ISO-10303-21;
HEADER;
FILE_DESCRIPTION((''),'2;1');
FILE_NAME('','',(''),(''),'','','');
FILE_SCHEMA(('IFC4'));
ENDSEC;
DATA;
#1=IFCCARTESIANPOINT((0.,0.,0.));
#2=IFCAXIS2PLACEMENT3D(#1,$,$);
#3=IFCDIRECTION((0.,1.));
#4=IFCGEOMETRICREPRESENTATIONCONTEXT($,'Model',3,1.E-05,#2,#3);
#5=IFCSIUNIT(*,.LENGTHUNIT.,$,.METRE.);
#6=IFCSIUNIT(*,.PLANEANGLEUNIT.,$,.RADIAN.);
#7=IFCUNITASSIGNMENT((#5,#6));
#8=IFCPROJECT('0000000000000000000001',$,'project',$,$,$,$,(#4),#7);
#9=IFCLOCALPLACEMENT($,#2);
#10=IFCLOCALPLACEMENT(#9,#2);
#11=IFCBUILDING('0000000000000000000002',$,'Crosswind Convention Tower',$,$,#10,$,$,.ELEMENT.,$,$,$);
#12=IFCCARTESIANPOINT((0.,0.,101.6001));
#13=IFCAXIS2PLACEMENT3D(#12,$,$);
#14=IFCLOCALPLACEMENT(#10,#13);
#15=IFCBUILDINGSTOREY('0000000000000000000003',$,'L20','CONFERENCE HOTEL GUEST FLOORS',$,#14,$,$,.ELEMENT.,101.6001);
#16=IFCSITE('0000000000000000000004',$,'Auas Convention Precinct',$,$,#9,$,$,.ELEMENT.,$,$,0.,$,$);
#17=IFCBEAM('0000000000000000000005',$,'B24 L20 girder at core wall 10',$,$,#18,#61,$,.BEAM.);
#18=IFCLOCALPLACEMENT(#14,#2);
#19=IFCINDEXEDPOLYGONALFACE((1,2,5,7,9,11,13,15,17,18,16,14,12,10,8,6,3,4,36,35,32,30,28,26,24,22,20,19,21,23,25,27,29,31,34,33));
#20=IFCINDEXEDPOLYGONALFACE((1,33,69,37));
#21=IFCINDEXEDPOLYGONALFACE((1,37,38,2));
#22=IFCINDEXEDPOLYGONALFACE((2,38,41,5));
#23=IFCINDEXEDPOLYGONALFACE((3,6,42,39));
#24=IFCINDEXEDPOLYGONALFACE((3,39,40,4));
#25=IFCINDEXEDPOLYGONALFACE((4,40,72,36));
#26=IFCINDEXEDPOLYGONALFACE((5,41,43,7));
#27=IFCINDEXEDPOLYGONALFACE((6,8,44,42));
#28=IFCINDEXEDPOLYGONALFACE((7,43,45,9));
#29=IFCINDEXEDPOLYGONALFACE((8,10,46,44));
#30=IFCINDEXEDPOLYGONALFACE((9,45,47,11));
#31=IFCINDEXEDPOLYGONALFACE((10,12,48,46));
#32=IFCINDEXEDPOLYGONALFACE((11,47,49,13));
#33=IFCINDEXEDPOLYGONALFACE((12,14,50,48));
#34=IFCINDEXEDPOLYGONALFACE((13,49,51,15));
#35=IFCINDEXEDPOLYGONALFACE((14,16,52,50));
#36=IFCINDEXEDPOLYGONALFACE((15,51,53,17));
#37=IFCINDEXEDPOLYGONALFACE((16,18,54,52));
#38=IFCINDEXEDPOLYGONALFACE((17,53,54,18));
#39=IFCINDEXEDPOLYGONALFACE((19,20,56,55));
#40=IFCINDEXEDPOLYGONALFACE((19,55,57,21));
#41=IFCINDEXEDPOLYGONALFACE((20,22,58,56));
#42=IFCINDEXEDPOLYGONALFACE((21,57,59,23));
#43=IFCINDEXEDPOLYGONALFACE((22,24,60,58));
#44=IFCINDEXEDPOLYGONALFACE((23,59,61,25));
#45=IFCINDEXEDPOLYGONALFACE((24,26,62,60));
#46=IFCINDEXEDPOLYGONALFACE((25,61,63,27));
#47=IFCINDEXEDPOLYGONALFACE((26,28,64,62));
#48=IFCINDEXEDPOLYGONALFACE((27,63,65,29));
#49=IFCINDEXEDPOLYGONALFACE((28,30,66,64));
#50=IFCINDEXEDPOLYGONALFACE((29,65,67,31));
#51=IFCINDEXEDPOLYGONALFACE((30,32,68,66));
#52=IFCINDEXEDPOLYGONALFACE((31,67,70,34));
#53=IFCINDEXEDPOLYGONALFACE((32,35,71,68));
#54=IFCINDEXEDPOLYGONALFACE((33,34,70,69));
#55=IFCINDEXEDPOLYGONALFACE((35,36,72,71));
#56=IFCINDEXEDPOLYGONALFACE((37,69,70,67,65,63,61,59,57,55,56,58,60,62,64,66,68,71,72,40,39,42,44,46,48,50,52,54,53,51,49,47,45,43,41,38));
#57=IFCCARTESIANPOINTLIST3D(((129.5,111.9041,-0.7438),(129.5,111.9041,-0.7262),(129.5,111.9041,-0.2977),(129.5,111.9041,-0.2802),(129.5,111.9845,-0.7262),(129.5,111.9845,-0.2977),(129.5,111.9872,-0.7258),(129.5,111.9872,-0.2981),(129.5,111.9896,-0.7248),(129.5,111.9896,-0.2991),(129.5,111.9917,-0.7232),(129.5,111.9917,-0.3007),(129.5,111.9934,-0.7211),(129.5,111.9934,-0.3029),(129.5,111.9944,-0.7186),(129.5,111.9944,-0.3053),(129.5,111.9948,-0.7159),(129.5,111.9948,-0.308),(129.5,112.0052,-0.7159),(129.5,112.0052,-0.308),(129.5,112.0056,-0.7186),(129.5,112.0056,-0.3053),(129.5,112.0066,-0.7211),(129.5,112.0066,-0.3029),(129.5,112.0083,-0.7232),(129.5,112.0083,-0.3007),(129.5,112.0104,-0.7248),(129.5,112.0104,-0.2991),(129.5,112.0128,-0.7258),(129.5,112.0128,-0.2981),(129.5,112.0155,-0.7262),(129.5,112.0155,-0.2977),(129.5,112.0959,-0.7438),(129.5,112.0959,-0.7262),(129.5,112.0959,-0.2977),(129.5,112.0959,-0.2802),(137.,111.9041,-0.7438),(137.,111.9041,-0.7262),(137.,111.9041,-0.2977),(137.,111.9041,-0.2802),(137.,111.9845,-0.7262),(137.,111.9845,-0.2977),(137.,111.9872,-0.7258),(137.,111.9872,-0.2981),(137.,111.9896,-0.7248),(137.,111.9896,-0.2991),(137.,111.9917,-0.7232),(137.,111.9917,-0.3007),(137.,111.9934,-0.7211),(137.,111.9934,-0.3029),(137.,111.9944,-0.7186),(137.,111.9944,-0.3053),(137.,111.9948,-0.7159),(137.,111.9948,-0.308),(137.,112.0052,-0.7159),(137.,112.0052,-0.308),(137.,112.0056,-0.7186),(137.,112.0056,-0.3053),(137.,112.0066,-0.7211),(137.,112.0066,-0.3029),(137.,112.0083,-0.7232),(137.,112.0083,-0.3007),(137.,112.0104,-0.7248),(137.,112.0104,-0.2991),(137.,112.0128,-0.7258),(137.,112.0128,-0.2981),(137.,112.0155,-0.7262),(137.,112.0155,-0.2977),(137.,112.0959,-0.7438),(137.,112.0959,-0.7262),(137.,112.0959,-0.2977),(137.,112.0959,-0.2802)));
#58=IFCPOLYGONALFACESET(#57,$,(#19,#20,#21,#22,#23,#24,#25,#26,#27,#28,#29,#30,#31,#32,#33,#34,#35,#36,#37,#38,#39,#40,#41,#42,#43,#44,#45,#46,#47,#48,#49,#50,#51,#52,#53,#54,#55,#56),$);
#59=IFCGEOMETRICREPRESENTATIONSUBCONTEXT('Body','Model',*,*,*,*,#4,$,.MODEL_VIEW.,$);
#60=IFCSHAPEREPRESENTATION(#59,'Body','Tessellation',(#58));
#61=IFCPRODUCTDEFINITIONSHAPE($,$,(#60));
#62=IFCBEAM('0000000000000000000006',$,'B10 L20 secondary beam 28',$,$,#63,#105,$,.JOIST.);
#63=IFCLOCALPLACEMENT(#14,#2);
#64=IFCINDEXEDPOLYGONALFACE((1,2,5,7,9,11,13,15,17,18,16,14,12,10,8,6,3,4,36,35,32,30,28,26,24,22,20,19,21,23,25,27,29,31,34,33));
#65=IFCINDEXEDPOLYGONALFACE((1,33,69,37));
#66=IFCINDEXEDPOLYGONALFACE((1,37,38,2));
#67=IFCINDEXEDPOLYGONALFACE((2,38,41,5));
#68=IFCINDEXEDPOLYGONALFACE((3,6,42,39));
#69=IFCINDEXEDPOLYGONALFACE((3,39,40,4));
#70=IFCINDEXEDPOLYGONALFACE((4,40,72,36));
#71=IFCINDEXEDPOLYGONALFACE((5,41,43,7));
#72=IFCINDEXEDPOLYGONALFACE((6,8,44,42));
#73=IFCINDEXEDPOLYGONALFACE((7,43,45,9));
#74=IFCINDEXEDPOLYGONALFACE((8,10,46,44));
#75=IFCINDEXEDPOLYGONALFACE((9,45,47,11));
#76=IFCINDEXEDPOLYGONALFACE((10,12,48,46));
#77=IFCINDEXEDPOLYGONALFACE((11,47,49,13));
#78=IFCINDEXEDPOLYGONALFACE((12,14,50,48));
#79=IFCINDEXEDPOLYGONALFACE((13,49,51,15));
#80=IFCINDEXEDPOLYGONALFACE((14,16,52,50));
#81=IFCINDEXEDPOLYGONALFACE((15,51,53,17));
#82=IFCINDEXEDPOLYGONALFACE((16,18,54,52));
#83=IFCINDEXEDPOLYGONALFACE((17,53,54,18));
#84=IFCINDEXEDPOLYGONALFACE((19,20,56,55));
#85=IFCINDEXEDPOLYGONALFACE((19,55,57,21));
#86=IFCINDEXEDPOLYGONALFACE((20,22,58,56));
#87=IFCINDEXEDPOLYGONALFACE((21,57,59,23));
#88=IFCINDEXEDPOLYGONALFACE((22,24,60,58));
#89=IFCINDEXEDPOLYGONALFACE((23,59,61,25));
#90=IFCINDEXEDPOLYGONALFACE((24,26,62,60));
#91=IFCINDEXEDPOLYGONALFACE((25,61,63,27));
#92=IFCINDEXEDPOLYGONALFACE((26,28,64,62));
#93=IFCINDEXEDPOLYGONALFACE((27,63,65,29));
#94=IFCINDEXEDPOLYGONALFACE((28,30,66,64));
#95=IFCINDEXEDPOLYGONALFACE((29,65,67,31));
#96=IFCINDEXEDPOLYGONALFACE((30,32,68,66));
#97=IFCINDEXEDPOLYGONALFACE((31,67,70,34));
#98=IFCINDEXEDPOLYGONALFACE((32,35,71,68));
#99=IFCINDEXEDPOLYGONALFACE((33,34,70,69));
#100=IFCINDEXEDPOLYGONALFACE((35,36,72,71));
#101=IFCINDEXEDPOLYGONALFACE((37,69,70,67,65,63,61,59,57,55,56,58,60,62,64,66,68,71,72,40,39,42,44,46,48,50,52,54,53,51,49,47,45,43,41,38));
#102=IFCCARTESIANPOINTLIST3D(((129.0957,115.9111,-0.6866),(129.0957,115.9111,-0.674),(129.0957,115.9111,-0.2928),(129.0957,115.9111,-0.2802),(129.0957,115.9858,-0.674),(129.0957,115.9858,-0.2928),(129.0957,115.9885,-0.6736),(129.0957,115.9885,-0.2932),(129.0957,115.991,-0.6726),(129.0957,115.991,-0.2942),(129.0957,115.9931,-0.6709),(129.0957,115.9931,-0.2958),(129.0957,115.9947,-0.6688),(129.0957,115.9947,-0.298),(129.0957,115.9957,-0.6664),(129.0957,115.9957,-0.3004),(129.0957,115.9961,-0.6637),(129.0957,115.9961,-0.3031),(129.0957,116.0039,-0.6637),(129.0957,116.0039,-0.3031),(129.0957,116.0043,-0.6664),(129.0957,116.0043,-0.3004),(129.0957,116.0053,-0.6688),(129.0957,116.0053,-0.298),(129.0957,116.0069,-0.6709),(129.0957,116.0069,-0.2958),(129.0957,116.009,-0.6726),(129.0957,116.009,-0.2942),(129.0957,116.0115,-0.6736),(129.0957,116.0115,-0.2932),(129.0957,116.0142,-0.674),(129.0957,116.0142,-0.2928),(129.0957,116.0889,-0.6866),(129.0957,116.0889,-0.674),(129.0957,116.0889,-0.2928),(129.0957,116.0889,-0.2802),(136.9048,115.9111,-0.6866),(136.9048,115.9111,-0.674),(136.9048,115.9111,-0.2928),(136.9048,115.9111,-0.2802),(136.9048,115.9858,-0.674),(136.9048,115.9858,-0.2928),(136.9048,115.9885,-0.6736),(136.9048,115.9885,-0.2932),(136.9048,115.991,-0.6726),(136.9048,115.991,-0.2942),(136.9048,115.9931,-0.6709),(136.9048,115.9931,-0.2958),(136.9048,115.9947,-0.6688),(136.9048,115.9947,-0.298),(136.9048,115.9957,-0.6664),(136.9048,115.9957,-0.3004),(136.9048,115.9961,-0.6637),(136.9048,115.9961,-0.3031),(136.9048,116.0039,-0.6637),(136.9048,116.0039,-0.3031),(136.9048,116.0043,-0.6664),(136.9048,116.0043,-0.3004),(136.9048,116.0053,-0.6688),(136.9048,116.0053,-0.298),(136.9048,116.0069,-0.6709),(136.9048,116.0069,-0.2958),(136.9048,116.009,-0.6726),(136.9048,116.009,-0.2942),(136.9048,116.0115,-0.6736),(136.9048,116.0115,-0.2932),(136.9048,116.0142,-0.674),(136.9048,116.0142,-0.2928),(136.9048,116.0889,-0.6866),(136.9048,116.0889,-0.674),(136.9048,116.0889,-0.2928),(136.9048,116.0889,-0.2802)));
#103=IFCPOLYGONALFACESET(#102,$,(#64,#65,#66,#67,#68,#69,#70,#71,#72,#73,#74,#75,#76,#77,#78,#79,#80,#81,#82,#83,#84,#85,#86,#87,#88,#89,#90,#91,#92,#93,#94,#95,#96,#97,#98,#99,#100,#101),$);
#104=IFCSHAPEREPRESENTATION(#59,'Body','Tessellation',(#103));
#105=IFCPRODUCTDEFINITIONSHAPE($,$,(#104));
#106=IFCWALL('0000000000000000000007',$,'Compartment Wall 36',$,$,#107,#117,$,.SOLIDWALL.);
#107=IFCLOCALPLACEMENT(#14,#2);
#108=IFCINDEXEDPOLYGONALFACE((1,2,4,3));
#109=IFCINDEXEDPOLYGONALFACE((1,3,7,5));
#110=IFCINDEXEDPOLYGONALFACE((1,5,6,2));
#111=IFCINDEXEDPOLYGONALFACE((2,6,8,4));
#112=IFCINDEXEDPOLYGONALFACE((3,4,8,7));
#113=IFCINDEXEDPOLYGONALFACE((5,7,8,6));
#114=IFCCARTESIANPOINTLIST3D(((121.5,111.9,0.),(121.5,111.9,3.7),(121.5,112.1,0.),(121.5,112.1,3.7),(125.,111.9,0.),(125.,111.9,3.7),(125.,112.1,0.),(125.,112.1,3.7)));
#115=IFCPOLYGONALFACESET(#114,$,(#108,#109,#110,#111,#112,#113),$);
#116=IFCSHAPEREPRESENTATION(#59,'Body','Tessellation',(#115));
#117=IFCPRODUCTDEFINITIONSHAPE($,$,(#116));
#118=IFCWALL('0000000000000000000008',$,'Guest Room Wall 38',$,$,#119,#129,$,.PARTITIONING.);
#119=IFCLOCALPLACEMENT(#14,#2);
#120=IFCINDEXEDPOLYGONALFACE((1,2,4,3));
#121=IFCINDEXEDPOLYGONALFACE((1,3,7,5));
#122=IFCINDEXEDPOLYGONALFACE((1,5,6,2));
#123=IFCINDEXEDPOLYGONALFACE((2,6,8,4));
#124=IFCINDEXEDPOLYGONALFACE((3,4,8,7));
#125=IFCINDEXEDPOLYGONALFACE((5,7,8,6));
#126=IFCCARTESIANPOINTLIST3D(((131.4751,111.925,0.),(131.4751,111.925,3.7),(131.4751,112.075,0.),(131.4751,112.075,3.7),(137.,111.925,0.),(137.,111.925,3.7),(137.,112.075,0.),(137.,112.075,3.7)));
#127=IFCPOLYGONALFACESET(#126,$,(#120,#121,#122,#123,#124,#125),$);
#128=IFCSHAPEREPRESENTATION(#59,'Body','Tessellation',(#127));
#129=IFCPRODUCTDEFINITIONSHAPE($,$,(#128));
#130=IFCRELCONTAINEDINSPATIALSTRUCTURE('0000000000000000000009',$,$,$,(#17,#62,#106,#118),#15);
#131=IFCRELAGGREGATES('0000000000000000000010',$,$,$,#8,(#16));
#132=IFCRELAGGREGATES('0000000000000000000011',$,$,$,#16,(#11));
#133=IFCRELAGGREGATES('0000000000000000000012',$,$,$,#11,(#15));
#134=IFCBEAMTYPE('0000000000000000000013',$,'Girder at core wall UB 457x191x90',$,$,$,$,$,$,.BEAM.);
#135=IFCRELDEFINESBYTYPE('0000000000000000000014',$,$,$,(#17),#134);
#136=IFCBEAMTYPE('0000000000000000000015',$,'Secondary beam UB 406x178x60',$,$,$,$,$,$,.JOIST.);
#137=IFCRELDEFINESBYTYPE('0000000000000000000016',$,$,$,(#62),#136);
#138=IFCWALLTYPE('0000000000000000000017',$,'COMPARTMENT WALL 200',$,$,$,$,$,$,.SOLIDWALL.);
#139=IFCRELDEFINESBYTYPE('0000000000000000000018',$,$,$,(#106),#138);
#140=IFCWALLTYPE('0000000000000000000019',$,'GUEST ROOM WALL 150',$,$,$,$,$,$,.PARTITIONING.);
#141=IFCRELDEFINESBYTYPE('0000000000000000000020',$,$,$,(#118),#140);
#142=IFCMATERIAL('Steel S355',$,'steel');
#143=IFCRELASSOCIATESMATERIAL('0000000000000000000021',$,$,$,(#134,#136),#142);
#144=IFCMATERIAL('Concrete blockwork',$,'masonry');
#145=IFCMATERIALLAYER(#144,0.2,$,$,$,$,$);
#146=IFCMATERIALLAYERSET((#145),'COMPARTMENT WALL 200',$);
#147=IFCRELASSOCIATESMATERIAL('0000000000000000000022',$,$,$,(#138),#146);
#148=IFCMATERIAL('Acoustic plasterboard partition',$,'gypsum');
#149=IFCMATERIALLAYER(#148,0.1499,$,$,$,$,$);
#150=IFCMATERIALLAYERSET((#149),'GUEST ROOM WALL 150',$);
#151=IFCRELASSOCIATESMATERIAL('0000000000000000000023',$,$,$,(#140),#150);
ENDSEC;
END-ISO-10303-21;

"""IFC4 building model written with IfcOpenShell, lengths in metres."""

from ifc_helpers import new_model, si_unit, direction, frame, frame_2d, origin, origin_2d, place, context, subcontext, project, spatial, rectangle, i_section, extrude, material, layer, layer_set, material_profile, profile_set, type_object, element, save


model = new_model("IFC4")

# Units and contexts
model_context = context("Model", 3, precision=1e-05, world=origin(), true_north=direction((0.0, 1.0)))
body_context = subcontext(model_context, "Body", "Model", "MODEL_VIEW")
ifc_project = project(units=[si_unit("LENGTHUNIT", "METRE"), si_unit("PLANEANGLEUNIT", "RADIAN")], contexts=[model_context])

# Site, building, storey
site_placement = place(None, origin())
site = spatial("IfcSite", under=ifc_project, at=site_placement, Name="Auas Convention Precinct", CompositionType="ELEMENT", RefElevation=0.0)
building_placement = place(site_placement, origin())
building = spatial("IfcBuilding", under=site, at=building_placement, Name="Crosswind Convention Tower", CompositionType="ELEMENT")
storey_placement = place(building_placement, frame((0.0, 0.0, 101.6001)))
storey = spatial("IfcBuildingStorey", under=building, at=storey_placement, Name="L20", Description="CONFERENCE HOTEL GUEST FLOORS", CompositionType="ELEMENT", Elevation=101.6001)

# Beams
ifc_material_1 = material(Name="Steel S355", Category="steel")
ifc_material_profile_1 = material_profile(ifc_material_1, i_section(OverallWidth=0.1919, OverallDepth=0.4636, WebThickness=0.0105, FlangeThickness=0.0176, FilletRadius=0.0103, at=origin_2d()), Name="UB 457x191x90")
ifc_profile_set_1 = profile_set([ifc_material_profile_1], Name="Steel S355")
beam_type_1 = type_object("IfcBeamType", Name="Girder at core wall UB 457x191x90", PredefinedType="BEAM", material=ifc_profile_set_1)
beam_1_placement = place(storey_placement, frame((129.5, 112.0, -0.512), z_axis=(1.0, 0.0, 0.0), x_axis=(0.0, 1.0, 0.0)))
element("IfcBeam", 1, at=beam_1_placement, inside=storey, type_object=beam_type_1, Name="B24 L20 girder at core wall 10", PredefinedType="BEAM", context=body_context, shape_type="SweptSolid", body=[
    extrude(i_section(OverallWidth=0.1919, OverallDepth=0.4636, WebThickness=0.0105, FlangeThickness=0.0176, FilletRadius=0.0103, at=origin_2d()), origin(), (0.0, 0.0, 1.0), 7.5),
])
ifc_material_profile_2 = material_profile(ifc_material_1, i_section(OverallWidth=0.1777, OverallDepth=0.4065, WebThickness=0.0078, FlangeThickness=0.0127, FilletRadius=0.0103, at=origin_2d()), Name="UB 406x178x60")
ifc_profile_set_2 = profile_set([ifc_material_profile_2], Name="Steel S355")
beam_type_2 = type_object("IfcBeamType", Name="Secondary beam UB 406x178x60", PredefinedType="JOIST", material=ifc_profile_set_2)
beam_2_placement = place(storey_placement, frame((129.0957, 116.0, -0.4834), z_axis=(1.0, 0.0, 0.0), x_axis=(0.0, 1.0, 0.0)))
element("IfcBeam", 2, at=beam_2_placement, inside=storey, type_object=beam_type_2, Name="B10 L20 secondary beam 28", PredefinedType="JOIST", context=body_context, shape_type="SweptSolid", body=[
    extrude(i_section(OverallWidth=0.1777, OverallDepth=0.4065, WebThickness=0.0078, FlangeThickness=0.0127, FilletRadius=0.0103, at=origin_2d()), origin(), (0.0, 0.0, 1.0), 7.8091),
])

# Walls
ifc_material_2 = material(Name="Concrete blockwork", Category="masonry")
ifc_layer_1 = layer(ifc_material_2, 0.2)
ifc_layer_set_1 = layer_set([ifc_layer_1], Name="COMPARTMENT WALL 200")
wall_type_1 = type_object("IfcWallType", Name="COMPARTMENT WALL 200", PredefinedType="SOLIDWALL", material=ifc_layer_set_1)
wall_1_placement = place(storey_placement, frame((121.5, 112.0, 0.0), z_axis=(0.0, 0.0, 1.0), x_axis=(1.0, 0.0, 0.0)))
element("IfcWall", 3, at=wall_1_placement, inside=storey, type_object=wall_type_1, Name="Compartment Wall 36", PredefinedType="SOLIDWALL", context=body_context, shape_type="SweptSolid", body=[
    extrude(rectangle(XDim=3.5, YDim=0.2, at=frame_2d((1.75, 0.0))), origin(), (0.0, 0.0, 1.0), 3.7),
])
ifc_material_3 = material(Name="Acoustic plasterboard partition", Category="gypsum")
ifc_layer_2 = layer(ifc_material_3, 0.1499)
ifc_layer_set_2 = layer_set([ifc_layer_2], Name="GUEST ROOM WALL 150")
wall_type_2 = type_object("IfcWallType", Name="GUEST ROOM WALL 150", PredefinedType="PARTITIONING", material=ifc_layer_set_2)
wall_2_placement = place(storey_placement, frame((131.4751, 112.0, 0.0), z_axis=(0.0, 0.0, 1.0), x_axis=(1.0, 0.0, 0.0)))
element("IfcWall", 4, at=wall_2_placement, inside=storey, type_object=wall_type_2, Name="Guest Room Wall 38", PredefinedType="PARTITIONING", context=body_context, shape_type="SweptSolid", body=[
    extrude(rectangle(XDim=5.5249, YDim=0.1499, at=frame_2d((2.7625, 0.0))), origin(), (0.0, 0.0, 1.0), 3.7),
])

save(model, "model.ifc")
